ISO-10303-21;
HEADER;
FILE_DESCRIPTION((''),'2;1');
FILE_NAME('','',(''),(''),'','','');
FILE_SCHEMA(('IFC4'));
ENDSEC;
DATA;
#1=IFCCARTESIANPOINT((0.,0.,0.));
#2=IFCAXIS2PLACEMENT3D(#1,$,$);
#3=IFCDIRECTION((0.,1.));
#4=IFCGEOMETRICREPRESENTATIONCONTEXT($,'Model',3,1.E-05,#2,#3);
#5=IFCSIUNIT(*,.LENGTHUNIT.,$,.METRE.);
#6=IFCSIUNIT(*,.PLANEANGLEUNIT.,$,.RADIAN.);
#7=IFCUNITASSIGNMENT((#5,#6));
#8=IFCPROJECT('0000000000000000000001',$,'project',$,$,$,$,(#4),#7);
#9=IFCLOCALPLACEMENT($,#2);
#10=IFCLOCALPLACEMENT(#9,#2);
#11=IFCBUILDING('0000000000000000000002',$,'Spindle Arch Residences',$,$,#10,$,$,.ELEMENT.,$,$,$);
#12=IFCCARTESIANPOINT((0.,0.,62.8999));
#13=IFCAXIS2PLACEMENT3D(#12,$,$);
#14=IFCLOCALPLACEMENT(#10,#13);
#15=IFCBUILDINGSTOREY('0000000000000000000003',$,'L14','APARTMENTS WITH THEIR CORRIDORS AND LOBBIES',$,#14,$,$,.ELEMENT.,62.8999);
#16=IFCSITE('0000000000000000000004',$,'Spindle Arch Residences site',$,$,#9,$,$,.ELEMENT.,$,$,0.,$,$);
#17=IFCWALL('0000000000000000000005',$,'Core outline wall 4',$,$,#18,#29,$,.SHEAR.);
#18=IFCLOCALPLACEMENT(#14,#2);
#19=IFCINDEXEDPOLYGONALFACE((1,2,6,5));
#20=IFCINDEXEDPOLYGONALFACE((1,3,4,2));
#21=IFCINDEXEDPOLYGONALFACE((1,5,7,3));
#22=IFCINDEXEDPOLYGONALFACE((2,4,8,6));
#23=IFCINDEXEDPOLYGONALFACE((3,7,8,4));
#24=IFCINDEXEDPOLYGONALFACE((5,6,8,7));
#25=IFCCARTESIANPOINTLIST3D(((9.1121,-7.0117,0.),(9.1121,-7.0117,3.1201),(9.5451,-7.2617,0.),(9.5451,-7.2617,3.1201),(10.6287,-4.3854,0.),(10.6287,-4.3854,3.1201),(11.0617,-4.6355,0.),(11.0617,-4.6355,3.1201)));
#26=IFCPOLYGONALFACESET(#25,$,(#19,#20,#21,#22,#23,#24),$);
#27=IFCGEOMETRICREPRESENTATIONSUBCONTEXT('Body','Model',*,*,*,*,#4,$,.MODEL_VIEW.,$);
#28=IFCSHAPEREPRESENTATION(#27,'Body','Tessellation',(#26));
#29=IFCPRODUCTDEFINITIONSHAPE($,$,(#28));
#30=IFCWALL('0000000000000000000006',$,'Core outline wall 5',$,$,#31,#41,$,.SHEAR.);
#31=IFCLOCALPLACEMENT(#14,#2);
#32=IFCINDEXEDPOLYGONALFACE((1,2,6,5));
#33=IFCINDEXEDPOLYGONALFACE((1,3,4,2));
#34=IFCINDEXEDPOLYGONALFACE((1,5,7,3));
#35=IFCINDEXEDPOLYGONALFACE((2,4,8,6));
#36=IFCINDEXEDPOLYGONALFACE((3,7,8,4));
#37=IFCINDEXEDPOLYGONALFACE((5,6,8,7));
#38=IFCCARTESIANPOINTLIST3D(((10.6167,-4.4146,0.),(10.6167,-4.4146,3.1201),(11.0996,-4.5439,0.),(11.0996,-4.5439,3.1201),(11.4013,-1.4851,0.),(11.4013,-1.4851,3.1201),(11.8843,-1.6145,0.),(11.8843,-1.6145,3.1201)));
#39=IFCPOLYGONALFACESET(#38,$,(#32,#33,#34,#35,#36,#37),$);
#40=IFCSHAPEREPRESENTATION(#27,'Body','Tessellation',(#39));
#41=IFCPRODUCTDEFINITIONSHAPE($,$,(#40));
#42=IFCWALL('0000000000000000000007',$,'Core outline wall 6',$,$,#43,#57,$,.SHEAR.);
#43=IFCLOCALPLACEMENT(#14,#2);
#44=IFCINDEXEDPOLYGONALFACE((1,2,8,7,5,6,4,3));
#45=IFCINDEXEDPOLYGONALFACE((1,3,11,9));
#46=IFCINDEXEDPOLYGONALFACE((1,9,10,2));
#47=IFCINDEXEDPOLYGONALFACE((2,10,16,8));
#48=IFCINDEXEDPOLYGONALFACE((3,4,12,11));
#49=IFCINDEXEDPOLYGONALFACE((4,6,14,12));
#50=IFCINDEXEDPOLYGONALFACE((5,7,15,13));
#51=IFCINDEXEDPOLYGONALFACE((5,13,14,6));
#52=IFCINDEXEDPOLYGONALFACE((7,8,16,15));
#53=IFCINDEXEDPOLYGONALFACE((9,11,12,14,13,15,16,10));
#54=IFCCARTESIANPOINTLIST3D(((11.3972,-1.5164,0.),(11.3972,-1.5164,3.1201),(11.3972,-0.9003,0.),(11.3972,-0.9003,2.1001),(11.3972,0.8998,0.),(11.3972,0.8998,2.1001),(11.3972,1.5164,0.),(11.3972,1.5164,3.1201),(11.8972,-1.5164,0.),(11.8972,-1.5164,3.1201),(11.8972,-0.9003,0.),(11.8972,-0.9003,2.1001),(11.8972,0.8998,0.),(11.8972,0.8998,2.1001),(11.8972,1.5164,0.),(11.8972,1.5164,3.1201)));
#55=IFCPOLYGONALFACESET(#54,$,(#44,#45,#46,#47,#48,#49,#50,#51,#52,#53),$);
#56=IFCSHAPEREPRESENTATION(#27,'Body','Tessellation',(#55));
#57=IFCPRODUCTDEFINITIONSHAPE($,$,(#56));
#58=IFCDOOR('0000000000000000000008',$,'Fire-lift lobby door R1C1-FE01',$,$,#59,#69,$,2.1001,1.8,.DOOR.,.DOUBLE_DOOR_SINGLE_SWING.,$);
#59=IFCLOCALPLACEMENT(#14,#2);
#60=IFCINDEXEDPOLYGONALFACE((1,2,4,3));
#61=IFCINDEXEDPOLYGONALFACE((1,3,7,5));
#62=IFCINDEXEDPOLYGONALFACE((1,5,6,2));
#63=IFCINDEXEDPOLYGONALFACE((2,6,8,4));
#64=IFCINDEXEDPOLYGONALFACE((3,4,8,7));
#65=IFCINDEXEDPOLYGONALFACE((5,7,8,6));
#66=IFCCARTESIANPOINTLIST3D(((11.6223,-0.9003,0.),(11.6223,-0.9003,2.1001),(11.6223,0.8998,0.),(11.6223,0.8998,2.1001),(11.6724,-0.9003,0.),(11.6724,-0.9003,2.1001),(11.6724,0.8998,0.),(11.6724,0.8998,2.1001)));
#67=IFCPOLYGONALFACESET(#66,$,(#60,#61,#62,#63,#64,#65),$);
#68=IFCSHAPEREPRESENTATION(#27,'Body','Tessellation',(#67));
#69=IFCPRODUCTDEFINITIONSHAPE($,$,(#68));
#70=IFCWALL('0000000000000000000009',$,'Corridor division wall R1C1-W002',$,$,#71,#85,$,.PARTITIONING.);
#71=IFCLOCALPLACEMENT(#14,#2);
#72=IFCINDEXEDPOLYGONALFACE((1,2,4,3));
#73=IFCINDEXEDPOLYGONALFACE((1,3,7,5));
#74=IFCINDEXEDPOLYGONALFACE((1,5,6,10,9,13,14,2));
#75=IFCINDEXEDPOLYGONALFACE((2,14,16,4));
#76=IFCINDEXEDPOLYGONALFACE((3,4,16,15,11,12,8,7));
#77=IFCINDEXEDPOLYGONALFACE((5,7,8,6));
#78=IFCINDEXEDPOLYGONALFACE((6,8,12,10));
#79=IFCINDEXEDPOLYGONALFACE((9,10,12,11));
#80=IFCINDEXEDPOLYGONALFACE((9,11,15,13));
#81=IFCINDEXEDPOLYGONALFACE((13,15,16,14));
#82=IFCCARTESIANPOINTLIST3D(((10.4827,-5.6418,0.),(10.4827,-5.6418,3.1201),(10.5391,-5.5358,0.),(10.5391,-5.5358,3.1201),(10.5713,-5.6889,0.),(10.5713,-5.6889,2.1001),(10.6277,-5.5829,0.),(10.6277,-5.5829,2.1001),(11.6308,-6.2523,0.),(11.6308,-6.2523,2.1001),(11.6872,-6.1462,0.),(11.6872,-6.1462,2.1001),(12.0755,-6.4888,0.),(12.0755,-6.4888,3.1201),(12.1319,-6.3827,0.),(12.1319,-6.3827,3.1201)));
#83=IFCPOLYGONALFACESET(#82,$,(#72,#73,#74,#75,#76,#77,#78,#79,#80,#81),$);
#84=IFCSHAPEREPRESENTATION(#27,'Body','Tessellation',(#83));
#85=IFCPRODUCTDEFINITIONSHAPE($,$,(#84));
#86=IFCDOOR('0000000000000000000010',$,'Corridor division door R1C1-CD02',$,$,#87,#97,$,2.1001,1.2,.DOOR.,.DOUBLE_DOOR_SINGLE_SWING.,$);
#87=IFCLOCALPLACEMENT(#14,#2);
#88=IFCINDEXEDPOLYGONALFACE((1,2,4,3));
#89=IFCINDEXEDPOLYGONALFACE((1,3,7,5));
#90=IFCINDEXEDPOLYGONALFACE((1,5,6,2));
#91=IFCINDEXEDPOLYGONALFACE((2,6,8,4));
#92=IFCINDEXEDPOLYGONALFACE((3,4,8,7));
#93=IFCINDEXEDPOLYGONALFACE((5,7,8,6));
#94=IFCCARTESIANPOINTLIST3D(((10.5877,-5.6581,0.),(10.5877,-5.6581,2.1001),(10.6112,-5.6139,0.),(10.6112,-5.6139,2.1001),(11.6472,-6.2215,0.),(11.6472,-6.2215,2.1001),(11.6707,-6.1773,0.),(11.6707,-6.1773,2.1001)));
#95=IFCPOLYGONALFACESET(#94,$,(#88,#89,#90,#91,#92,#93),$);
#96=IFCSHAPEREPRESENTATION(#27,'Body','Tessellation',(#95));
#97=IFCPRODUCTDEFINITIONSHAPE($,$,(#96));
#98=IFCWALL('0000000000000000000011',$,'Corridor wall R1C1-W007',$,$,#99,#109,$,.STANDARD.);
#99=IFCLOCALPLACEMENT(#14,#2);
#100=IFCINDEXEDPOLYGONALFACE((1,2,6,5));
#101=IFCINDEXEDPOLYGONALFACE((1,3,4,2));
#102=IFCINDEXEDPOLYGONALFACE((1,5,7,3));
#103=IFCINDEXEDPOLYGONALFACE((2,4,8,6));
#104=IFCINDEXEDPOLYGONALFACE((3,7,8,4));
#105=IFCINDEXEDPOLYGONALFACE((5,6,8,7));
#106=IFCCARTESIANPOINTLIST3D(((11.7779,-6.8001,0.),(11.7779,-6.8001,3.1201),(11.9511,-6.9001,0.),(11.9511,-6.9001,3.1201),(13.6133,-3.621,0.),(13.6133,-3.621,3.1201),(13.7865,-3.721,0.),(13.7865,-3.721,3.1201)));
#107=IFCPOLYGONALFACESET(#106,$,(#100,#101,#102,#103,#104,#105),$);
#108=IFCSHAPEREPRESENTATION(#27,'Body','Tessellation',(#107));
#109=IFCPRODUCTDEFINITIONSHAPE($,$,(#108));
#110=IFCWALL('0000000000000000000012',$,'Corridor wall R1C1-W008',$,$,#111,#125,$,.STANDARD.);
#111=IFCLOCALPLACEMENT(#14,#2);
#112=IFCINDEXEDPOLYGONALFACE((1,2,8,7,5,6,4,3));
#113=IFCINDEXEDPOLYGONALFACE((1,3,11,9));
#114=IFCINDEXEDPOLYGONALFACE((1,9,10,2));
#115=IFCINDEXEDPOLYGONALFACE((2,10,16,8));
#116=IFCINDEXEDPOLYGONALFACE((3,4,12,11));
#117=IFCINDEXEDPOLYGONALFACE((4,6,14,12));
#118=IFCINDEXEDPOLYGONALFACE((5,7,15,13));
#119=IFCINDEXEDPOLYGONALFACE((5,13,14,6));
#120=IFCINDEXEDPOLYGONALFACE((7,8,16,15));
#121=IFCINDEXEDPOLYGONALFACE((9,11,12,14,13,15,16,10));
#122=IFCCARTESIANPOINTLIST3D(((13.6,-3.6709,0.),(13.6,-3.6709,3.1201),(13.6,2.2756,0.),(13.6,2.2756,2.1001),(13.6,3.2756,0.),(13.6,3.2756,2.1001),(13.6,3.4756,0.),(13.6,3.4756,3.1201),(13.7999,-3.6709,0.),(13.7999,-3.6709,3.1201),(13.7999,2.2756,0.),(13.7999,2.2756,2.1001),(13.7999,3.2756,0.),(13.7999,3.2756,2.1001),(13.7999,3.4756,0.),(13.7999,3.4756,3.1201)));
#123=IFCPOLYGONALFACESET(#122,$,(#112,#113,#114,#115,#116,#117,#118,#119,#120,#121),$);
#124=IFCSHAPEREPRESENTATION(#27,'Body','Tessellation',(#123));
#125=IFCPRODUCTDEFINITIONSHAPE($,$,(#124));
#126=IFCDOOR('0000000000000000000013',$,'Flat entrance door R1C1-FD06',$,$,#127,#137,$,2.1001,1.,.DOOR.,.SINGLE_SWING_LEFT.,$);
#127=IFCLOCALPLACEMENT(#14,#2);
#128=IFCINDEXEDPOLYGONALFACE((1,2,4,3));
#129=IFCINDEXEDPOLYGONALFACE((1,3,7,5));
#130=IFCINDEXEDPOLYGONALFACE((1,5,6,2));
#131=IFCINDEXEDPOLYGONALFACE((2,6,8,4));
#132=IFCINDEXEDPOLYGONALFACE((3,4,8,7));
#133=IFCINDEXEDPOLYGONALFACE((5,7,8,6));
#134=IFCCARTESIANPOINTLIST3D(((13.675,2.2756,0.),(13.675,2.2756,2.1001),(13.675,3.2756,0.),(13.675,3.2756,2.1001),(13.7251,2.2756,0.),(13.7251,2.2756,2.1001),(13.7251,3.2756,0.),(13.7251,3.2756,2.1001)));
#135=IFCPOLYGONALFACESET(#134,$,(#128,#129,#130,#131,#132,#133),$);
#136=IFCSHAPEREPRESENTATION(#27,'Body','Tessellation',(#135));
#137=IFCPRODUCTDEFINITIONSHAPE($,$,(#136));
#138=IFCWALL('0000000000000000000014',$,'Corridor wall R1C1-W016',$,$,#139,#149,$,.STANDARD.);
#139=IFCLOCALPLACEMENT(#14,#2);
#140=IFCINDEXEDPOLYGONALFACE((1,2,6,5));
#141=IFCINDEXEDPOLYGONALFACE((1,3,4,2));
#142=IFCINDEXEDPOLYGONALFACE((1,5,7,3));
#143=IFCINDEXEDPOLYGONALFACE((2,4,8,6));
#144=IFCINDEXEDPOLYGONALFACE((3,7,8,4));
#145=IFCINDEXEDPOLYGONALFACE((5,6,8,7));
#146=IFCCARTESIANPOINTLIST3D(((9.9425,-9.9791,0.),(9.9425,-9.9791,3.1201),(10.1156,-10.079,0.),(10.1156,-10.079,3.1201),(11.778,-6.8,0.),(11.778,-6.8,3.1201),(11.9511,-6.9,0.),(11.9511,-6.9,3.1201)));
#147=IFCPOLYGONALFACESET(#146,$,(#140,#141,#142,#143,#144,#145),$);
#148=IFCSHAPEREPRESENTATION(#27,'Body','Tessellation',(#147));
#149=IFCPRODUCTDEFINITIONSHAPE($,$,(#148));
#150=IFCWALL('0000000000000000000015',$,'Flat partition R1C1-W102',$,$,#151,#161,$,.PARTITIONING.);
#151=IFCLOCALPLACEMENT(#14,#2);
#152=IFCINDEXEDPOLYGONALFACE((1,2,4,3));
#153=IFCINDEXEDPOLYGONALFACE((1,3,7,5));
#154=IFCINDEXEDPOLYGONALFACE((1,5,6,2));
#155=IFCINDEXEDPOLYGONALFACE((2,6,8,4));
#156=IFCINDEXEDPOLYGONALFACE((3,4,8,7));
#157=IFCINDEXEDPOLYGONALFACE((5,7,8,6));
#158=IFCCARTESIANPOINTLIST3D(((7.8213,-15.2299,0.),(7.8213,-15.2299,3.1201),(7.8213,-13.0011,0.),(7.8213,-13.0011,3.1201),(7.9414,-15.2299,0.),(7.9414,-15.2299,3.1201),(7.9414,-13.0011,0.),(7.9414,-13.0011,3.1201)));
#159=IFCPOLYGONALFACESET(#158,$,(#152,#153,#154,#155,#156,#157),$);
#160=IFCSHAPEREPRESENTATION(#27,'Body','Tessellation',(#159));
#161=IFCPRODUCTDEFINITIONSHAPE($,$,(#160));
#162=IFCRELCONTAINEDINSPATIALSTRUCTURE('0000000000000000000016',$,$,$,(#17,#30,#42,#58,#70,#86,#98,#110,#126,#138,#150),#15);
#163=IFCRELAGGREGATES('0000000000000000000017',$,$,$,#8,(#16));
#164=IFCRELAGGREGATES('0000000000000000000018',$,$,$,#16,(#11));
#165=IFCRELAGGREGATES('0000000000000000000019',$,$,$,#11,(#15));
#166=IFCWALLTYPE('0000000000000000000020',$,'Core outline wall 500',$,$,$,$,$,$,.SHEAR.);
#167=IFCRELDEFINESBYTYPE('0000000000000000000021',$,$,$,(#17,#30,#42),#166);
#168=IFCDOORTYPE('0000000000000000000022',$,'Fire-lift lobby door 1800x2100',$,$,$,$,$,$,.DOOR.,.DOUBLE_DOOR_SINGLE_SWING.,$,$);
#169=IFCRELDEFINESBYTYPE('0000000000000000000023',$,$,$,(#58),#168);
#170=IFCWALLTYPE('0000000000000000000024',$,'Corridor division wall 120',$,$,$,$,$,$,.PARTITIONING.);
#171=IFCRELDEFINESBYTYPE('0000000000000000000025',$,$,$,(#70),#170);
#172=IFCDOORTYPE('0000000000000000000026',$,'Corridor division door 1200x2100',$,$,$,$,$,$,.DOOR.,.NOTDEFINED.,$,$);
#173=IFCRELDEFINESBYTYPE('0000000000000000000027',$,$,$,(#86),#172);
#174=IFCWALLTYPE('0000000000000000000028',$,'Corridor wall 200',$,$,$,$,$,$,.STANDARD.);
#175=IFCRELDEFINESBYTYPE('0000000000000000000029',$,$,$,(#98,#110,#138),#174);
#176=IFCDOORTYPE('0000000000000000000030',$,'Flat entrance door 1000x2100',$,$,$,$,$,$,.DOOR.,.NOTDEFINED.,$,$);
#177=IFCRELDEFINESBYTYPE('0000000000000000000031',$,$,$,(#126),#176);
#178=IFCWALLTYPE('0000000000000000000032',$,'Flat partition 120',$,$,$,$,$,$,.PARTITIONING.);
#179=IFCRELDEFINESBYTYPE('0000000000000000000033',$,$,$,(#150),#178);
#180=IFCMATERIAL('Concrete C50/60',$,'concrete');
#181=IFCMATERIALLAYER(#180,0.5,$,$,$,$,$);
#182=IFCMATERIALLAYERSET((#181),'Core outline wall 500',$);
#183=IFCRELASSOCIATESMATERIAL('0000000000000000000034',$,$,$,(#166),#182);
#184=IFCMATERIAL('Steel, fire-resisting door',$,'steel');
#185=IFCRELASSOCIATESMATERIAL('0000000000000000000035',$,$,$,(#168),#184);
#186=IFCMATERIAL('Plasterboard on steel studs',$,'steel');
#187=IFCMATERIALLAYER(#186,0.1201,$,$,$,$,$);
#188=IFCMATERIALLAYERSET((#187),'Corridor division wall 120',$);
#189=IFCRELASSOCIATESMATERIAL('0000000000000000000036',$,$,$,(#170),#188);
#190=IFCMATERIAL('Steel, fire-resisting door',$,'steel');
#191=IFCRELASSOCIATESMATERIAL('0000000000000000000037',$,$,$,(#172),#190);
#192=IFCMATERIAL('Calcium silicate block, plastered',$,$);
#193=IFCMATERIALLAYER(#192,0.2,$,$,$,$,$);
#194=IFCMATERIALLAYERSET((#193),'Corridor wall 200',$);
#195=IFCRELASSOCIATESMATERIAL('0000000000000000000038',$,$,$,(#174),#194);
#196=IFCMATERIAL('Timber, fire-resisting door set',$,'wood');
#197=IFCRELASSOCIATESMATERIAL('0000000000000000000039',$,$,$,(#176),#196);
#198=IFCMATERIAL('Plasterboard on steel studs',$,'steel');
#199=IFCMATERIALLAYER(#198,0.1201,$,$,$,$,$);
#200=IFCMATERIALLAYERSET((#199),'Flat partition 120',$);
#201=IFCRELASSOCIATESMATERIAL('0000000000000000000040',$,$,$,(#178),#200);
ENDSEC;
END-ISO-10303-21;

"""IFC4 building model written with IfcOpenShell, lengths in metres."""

from ifc_helpers import new_model, si_unit, direction, frame, frame_2d, origin, place, context, subcontext, project, spatial, rectangle, extrude, material, layer, layer_set, type_object, element, fill, save


model = new_model("IFC4")

# Units and contexts
model_context = context("Model", 3, precision=1e-05, world=origin(), true_north=direction((0.0, 1.0)))
body_context = subcontext(model_context, "Body", "Model", "MODEL_VIEW")
ifc_project = project(units=[si_unit("LENGTHUNIT", "METRE"), si_unit("PLANEANGLEUNIT", "RADIAN")], contexts=[model_context])

# Site, building, storey
site_placement = place(None, origin())
site = spatial("IfcSite", under=ifc_project, at=site_placement, Name="Spindle Arch Residences site", CompositionType="ELEMENT", RefElevation=0.0)
building_placement = place(site_placement, origin())
building = spatial("IfcBuilding", under=site, at=building_placement, Name="Spindle Arch Residences", CompositionType="ELEMENT")
storey_placement = place(building_placement, frame((0.0, 0.0, 62.8999)))
storey = spatial("IfcBuildingStorey", under=building, at=storey_placement, Name="L14", Description="APARTMENTS WITH THEIR CORRIDORS AND LOBBIES", CompositionType="ELEMENT", Elevation=62.8999)

# Walls
ifc_material_1 = material(Name="Concrete C50/60", Category="concrete")
ifc_layer_1 = layer(ifc_material_1, 0.5)
ifc_layer_set_1 = layer_set([ifc_layer_1], Name="Core outline wall 500")
wall_type_1 = type_object("IfcWallType", Name="Core outline wall 500", PredefinedType="SHEAR", material=ifc_layer_set_1)
for number, where, z_axis, x_axis, name in (
    (1, (9.3286, -7.1367, 0.0), (0.0, 0.0, 1.0), (0.500087, 0.865975, 0.0), "Core outline wall 4"),
    (2, (10.8582, -4.4792, 0.0), (0.0, 0.0, 1.0), (0.258735, 0.965948, 0.0), "Core outline wall 5"),
):
    element("IfcWall", number, at=place(storey_placement, frame(where, z_axis=z_axis, x_axis=x_axis)), inside=storey, type_object=wall_type_1, Name=name, PredefinedType="SHEAR", context=body_context, shape_type="SweptSolid", body=[
        extrude(rectangle(XDim=3.0327, YDim=0.5, at=frame_2d((1.5164, 0.0))), origin(), (0.0, 0.0, 1.0), 3.1201),
    ])

# Walls, openings, doors
wall_1_placement = place(storey_placement, frame((11.6472, -1.5164, 0.0), z_axis=(0.0, 0.0, 1.0), x_axis=(0.0, 1.0, 0.0)))
wall_1 = element("IfcWall", 3, at=wall_1_placement, inside=storey, type_object=wall_type_1, Name="Core outline wall 6", PredefinedType="SHEAR", context=body_context, shape_type="SweptSolid", body=[
    extrude(rectangle(XDim=3.0327, YDim=0.5, at=frame_2d((1.5164, 0.0))), origin(), (0.0, 0.0, 1.0), 3.1201),
])
opening_1_placement = place(wall_1_placement, frame((0.6162, 0.0, 0.0)))
opening_1 = element("IfcOpeningElement", 4, at=opening_1_placement, cuts=wall_1, PredefinedType="OPENING", context=body_context, shape_type="SweptSolid", body=[
    extrude(rectangle(XDim=1.8, YDim=2.1001, at=frame_2d((0.8999, 1.05))), frame((0.0, 0.26, 0.0), z_axis=(0.0, -1.0, 0.0), x_axis=(1.0, 0.0, 0.0)), (0.0, 0.0, 1.0), 0.52),
])
ifc_material_2 = material(Name="Steel, fire-resisting door", Category="steel")
door_type_1 = type_object("IfcDoorType", Name="Fire-lift lobby door 1800x2100", OperationType="DOUBLE_DOOR_SINGLE_SWING", PredefinedType="DOOR", material=ifc_material_2)
door_1_placement = place(opening_1_placement, origin())
door_1 = element("IfcDoor", 5, at=door_1_placement, inside=storey, type_object=door_type_1, Name="Fire-lift lobby door R1C1-FE01", OperationType="DOUBLE_DOOR_SINGLE_SWING", OverallHeight=2.1001, OverallWidth=1.8, PredefinedType="DOOR", context=body_context, shape_type="SweptSolid", body=[
    extrude(rectangle(XDim=1.8, YDim=2.1001, at=frame_2d((0.8999, 1.05))), frame((0.0, 0.0249, 0.0), z_axis=(0.0, -1.0, 0.0), x_axis=(1.0, 0.0, 0.0)), (0.0, 0.0, 1.0), 0.05),
])
fill(opening_1, door_1)
ifc_material_3 = material(Name="Plasterboard on steel studs", Category="steel")
ifc_layer_2 = layer(ifc_material_3, 0.1201)
ifc_layer_set_2 = layer_set([ifc_layer_2], Name="Corridor division wall 120")
wall_type_2 = type_object("IfcWallType", Name="Corridor division wall 120", PredefinedType="PARTITIONING", material=ifc_layer_set_2)
wall_2_placement = place(storey_placement, frame((10.511, -5.5889, 0.0), z_axis=(0.0, 0.0, 1.0), x_axis=(0.88294, -0.469485, 0.0)))
wall_2 = element("IfcWall", 6, at=wall_2_placement, inside=storey, type_object=wall_type_2, Name="Corridor division wall R1C1-W002", PredefinedType="PARTITIONING", context=body_context, shape_type="SweptSolid", body=[
    extrude(rectangle(XDim=1.804, YDim=0.1201, at=frame_2d((0.9019, 0.0))), origin(), (0.0, 0.0, 1.0), 3.1201),
])
opening_2_placement = place(wall_2_placement, frame((0.1001, 0.0, 0.0)))
opening_2 = element("IfcOpeningElement", 7, at=opening_2_placement, cuts=wall_2, PredefinedType="OPENING", context=body_context, shape_type="SweptSolid", body=[
    extrude(rectangle(XDim=1.2, YDim=2.1001, at=frame_2d((0.6001, 1.05))), frame((0.0, 0.0701, 0.0), z_axis=(0.0, -1.0, 0.0), x_axis=(1.0, 0.0, 0.0)), (0.0, 0.0, 1.0), 0.1401),
])
ifc_material_4 = material(Name="Steel, fire-resisting door", Category="steel")
door_type_2 = type_object("IfcDoorType", Name="Corridor division door 1200x2100", OperationType="NOTDEFINED", PredefinedType="DOOR", material=ifc_material_4)
door_2_placement = place(opening_2_placement, origin())
door_2 = element("IfcDoor", 8, at=door_2_placement, inside=storey, type_object=door_type_2, Name="Corridor division door R1C1-CD02", OperationType="DOUBLE_DOOR_SINGLE_SWING", OverallHeight=2.1001, OverallWidth=1.2, PredefinedType="DOOR", context=body_context, shape_type="SweptSolid", body=[
    extrude(rectangle(XDim=1.2, YDim=2.1001, at=frame_2d((0.6001, 1.05))), frame((0.0, 0.0249, 0.0), z_axis=(0.0, -1.0, 0.0), x_axis=(1.0, 0.0, 0.0)), (0.0, 0.0, 1.0), 0.05),
])
fill(opening_2, door_2)

# Wall
ifc_material_5 = material(Name="Calcium silicate block, plastered")
ifc_layer_3 = layer(ifc_material_5, 0.2)
ifc_layer_set_3 = layer_set([ifc_layer_3], Name="Corridor wall 200")
wall_type_3 = type_object("IfcWallType", Name="Corridor wall 200", PredefinedType="STANDARD", material=ifc_layer_set_3)
wall_3_placement = place(storey_placement, frame((11.8645, -6.8501, 0.0), z_axis=(0.0, 0.0, 1.0), x_axis=(0.499987, 0.866033, 0.0)))
element("IfcWall", 9, at=wall_3_placement, inside=storey, type_object=wall_type_3, Name="Corridor wall R1C1-W007", PredefinedType="STANDARD", context=body_context, shape_type="SweptSolid", body=[
    extrude(rectangle(XDim=3.6709, YDim=0.2, at=frame_2d((1.8354, 0.0))), origin(), (0.0, 0.0, 1.0), 3.1201),
])

# Wall, opening, door
wall_4_placement = place(storey_placement, frame((13.7, -3.6709, 0.0), z_axis=(0.0, 0.0, 1.0), x_axis=(0.0, 1.0, 0.0)))
wall_4 = element("IfcWall", 10, at=wall_4_placement, inside=storey, type_object=wall_type_3, Name="Corridor wall R1C1-W008", PredefinedType="STANDARD", context=body_context, shape_type="SweptSolid", body=[
    extrude(rectangle(XDim=7.1465, YDim=0.2, at=frame_2d((3.5732, 0.0))), origin(), (0.0, 0.0, 1.0), 3.1201),
])
opening_3_placement = place(wall_4_placement, frame((5.9465, 0.0, 0.0)))
opening_3 = element("IfcOpeningElement", 11, at=opening_3_placement, cuts=wall_4, PredefinedType="OPENING", context=body_context, shape_type="SweptSolid", body=[
    extrude(rectangle(XDim=1.0, YDim=2.1001, at=frame_2d((0.5, 1.05))), frame((0.0, 0.1099, 0.0), z_axis=(0.0, -1.0, 0.0), x_axis=(1.0, 0.0, 0.0)), (0.0, 0.0, 1.0), 0.22),
])
ifc_material_6 = material(Name="Timber, fire-resisting door set", Category="wood")
door_type_3 = type_object("IfcDoorType", Name="Flat entrance door 1000x2100", OperationType="NOTDEFINED", PredefinedType="DOOR", material=ifc_material_6)
door_3_placement = place(opening_3_placement, origin())
door_3 = element("IfcDoor", 12, at=door_3_placement, inside=storey, type_object=door_type_3, Name="Flat entrance door R1C1-FD06", OperationType="SINGLE_SWING_LEFT", OverallHeight=2.1001, OverallWidth=1.0, PredefinedType="DOOR", context=body_context, shape_type="SweptSolid", body=[
    extrude(rectangle(XDim=1.0, YDim=2.1001, at=frame_2d((0.5, 1.05))), frame((0.0, 0.0249, 0.0), z_axis=(0.0, -1.0, 0.0), x_axis=(1.0, 0.0, 0.0)), (0.0, 0.0, 1.0), 0.05),
])
fill(opening_3, door_3)

# Walls
wall_5_placement = place(storey_placement, frame((10.0291, -10.0291, 0.0), z_axis=(0.0, 0.0, 1.0), x_axis=(0.500016, 0.866016, 0.0)))
element("IfcWall", 13, at=wall_5_placement, inside=storey, type_object=wall_type_3, Name="Corridor wall R1C1-W016", PredefinedType="STANDARD", context=body_context, shape_type="SweptSolid", body=[
    extrude(rectangle(XDim=3.6709, YDim=0.2, at=frame_2d((1.8354, 0.0))), origin(), (0.0, 0.0, 1.0), 3.1201),
])
ifc_material_7 = material(Name="Plasterboard on steel studs", Category="steel")
ifc_layer_4 = layer(ifc_material_7, 0.1201)
ifc_layer_set_4 = layer_set([ifc_layer_4], Name="Flat partition 120")
wall_type_4 = type_object("IfcWallType", Name="Flat partition 120", PredefinedType="PARTITIONING", material=ifc_layer_set_4)
wall_6_placement = place(storey_placement, frame((7.8813, -13.0012, 0.0), z_axis=(0.0, 0.0, 1.0), x_axis=(0.0, -1.0, 0.0)))
element("IfcWall", 14, at=wall_6_placement, inside=storey, type_object=wall_type_4, Name="Flat partition R1C1-W102", PredefinedType="PARTITIONING", context=body_context, shape_type="SweptSolid", body=[
    extrude(rectangle(XDim=2.2288, YDim=0.1201, at=frame_2d((1.1143, 0.0))), origin(), (0.0, 0.0, 1.0), 3.1201),
])

save(model, "model.ifc")
